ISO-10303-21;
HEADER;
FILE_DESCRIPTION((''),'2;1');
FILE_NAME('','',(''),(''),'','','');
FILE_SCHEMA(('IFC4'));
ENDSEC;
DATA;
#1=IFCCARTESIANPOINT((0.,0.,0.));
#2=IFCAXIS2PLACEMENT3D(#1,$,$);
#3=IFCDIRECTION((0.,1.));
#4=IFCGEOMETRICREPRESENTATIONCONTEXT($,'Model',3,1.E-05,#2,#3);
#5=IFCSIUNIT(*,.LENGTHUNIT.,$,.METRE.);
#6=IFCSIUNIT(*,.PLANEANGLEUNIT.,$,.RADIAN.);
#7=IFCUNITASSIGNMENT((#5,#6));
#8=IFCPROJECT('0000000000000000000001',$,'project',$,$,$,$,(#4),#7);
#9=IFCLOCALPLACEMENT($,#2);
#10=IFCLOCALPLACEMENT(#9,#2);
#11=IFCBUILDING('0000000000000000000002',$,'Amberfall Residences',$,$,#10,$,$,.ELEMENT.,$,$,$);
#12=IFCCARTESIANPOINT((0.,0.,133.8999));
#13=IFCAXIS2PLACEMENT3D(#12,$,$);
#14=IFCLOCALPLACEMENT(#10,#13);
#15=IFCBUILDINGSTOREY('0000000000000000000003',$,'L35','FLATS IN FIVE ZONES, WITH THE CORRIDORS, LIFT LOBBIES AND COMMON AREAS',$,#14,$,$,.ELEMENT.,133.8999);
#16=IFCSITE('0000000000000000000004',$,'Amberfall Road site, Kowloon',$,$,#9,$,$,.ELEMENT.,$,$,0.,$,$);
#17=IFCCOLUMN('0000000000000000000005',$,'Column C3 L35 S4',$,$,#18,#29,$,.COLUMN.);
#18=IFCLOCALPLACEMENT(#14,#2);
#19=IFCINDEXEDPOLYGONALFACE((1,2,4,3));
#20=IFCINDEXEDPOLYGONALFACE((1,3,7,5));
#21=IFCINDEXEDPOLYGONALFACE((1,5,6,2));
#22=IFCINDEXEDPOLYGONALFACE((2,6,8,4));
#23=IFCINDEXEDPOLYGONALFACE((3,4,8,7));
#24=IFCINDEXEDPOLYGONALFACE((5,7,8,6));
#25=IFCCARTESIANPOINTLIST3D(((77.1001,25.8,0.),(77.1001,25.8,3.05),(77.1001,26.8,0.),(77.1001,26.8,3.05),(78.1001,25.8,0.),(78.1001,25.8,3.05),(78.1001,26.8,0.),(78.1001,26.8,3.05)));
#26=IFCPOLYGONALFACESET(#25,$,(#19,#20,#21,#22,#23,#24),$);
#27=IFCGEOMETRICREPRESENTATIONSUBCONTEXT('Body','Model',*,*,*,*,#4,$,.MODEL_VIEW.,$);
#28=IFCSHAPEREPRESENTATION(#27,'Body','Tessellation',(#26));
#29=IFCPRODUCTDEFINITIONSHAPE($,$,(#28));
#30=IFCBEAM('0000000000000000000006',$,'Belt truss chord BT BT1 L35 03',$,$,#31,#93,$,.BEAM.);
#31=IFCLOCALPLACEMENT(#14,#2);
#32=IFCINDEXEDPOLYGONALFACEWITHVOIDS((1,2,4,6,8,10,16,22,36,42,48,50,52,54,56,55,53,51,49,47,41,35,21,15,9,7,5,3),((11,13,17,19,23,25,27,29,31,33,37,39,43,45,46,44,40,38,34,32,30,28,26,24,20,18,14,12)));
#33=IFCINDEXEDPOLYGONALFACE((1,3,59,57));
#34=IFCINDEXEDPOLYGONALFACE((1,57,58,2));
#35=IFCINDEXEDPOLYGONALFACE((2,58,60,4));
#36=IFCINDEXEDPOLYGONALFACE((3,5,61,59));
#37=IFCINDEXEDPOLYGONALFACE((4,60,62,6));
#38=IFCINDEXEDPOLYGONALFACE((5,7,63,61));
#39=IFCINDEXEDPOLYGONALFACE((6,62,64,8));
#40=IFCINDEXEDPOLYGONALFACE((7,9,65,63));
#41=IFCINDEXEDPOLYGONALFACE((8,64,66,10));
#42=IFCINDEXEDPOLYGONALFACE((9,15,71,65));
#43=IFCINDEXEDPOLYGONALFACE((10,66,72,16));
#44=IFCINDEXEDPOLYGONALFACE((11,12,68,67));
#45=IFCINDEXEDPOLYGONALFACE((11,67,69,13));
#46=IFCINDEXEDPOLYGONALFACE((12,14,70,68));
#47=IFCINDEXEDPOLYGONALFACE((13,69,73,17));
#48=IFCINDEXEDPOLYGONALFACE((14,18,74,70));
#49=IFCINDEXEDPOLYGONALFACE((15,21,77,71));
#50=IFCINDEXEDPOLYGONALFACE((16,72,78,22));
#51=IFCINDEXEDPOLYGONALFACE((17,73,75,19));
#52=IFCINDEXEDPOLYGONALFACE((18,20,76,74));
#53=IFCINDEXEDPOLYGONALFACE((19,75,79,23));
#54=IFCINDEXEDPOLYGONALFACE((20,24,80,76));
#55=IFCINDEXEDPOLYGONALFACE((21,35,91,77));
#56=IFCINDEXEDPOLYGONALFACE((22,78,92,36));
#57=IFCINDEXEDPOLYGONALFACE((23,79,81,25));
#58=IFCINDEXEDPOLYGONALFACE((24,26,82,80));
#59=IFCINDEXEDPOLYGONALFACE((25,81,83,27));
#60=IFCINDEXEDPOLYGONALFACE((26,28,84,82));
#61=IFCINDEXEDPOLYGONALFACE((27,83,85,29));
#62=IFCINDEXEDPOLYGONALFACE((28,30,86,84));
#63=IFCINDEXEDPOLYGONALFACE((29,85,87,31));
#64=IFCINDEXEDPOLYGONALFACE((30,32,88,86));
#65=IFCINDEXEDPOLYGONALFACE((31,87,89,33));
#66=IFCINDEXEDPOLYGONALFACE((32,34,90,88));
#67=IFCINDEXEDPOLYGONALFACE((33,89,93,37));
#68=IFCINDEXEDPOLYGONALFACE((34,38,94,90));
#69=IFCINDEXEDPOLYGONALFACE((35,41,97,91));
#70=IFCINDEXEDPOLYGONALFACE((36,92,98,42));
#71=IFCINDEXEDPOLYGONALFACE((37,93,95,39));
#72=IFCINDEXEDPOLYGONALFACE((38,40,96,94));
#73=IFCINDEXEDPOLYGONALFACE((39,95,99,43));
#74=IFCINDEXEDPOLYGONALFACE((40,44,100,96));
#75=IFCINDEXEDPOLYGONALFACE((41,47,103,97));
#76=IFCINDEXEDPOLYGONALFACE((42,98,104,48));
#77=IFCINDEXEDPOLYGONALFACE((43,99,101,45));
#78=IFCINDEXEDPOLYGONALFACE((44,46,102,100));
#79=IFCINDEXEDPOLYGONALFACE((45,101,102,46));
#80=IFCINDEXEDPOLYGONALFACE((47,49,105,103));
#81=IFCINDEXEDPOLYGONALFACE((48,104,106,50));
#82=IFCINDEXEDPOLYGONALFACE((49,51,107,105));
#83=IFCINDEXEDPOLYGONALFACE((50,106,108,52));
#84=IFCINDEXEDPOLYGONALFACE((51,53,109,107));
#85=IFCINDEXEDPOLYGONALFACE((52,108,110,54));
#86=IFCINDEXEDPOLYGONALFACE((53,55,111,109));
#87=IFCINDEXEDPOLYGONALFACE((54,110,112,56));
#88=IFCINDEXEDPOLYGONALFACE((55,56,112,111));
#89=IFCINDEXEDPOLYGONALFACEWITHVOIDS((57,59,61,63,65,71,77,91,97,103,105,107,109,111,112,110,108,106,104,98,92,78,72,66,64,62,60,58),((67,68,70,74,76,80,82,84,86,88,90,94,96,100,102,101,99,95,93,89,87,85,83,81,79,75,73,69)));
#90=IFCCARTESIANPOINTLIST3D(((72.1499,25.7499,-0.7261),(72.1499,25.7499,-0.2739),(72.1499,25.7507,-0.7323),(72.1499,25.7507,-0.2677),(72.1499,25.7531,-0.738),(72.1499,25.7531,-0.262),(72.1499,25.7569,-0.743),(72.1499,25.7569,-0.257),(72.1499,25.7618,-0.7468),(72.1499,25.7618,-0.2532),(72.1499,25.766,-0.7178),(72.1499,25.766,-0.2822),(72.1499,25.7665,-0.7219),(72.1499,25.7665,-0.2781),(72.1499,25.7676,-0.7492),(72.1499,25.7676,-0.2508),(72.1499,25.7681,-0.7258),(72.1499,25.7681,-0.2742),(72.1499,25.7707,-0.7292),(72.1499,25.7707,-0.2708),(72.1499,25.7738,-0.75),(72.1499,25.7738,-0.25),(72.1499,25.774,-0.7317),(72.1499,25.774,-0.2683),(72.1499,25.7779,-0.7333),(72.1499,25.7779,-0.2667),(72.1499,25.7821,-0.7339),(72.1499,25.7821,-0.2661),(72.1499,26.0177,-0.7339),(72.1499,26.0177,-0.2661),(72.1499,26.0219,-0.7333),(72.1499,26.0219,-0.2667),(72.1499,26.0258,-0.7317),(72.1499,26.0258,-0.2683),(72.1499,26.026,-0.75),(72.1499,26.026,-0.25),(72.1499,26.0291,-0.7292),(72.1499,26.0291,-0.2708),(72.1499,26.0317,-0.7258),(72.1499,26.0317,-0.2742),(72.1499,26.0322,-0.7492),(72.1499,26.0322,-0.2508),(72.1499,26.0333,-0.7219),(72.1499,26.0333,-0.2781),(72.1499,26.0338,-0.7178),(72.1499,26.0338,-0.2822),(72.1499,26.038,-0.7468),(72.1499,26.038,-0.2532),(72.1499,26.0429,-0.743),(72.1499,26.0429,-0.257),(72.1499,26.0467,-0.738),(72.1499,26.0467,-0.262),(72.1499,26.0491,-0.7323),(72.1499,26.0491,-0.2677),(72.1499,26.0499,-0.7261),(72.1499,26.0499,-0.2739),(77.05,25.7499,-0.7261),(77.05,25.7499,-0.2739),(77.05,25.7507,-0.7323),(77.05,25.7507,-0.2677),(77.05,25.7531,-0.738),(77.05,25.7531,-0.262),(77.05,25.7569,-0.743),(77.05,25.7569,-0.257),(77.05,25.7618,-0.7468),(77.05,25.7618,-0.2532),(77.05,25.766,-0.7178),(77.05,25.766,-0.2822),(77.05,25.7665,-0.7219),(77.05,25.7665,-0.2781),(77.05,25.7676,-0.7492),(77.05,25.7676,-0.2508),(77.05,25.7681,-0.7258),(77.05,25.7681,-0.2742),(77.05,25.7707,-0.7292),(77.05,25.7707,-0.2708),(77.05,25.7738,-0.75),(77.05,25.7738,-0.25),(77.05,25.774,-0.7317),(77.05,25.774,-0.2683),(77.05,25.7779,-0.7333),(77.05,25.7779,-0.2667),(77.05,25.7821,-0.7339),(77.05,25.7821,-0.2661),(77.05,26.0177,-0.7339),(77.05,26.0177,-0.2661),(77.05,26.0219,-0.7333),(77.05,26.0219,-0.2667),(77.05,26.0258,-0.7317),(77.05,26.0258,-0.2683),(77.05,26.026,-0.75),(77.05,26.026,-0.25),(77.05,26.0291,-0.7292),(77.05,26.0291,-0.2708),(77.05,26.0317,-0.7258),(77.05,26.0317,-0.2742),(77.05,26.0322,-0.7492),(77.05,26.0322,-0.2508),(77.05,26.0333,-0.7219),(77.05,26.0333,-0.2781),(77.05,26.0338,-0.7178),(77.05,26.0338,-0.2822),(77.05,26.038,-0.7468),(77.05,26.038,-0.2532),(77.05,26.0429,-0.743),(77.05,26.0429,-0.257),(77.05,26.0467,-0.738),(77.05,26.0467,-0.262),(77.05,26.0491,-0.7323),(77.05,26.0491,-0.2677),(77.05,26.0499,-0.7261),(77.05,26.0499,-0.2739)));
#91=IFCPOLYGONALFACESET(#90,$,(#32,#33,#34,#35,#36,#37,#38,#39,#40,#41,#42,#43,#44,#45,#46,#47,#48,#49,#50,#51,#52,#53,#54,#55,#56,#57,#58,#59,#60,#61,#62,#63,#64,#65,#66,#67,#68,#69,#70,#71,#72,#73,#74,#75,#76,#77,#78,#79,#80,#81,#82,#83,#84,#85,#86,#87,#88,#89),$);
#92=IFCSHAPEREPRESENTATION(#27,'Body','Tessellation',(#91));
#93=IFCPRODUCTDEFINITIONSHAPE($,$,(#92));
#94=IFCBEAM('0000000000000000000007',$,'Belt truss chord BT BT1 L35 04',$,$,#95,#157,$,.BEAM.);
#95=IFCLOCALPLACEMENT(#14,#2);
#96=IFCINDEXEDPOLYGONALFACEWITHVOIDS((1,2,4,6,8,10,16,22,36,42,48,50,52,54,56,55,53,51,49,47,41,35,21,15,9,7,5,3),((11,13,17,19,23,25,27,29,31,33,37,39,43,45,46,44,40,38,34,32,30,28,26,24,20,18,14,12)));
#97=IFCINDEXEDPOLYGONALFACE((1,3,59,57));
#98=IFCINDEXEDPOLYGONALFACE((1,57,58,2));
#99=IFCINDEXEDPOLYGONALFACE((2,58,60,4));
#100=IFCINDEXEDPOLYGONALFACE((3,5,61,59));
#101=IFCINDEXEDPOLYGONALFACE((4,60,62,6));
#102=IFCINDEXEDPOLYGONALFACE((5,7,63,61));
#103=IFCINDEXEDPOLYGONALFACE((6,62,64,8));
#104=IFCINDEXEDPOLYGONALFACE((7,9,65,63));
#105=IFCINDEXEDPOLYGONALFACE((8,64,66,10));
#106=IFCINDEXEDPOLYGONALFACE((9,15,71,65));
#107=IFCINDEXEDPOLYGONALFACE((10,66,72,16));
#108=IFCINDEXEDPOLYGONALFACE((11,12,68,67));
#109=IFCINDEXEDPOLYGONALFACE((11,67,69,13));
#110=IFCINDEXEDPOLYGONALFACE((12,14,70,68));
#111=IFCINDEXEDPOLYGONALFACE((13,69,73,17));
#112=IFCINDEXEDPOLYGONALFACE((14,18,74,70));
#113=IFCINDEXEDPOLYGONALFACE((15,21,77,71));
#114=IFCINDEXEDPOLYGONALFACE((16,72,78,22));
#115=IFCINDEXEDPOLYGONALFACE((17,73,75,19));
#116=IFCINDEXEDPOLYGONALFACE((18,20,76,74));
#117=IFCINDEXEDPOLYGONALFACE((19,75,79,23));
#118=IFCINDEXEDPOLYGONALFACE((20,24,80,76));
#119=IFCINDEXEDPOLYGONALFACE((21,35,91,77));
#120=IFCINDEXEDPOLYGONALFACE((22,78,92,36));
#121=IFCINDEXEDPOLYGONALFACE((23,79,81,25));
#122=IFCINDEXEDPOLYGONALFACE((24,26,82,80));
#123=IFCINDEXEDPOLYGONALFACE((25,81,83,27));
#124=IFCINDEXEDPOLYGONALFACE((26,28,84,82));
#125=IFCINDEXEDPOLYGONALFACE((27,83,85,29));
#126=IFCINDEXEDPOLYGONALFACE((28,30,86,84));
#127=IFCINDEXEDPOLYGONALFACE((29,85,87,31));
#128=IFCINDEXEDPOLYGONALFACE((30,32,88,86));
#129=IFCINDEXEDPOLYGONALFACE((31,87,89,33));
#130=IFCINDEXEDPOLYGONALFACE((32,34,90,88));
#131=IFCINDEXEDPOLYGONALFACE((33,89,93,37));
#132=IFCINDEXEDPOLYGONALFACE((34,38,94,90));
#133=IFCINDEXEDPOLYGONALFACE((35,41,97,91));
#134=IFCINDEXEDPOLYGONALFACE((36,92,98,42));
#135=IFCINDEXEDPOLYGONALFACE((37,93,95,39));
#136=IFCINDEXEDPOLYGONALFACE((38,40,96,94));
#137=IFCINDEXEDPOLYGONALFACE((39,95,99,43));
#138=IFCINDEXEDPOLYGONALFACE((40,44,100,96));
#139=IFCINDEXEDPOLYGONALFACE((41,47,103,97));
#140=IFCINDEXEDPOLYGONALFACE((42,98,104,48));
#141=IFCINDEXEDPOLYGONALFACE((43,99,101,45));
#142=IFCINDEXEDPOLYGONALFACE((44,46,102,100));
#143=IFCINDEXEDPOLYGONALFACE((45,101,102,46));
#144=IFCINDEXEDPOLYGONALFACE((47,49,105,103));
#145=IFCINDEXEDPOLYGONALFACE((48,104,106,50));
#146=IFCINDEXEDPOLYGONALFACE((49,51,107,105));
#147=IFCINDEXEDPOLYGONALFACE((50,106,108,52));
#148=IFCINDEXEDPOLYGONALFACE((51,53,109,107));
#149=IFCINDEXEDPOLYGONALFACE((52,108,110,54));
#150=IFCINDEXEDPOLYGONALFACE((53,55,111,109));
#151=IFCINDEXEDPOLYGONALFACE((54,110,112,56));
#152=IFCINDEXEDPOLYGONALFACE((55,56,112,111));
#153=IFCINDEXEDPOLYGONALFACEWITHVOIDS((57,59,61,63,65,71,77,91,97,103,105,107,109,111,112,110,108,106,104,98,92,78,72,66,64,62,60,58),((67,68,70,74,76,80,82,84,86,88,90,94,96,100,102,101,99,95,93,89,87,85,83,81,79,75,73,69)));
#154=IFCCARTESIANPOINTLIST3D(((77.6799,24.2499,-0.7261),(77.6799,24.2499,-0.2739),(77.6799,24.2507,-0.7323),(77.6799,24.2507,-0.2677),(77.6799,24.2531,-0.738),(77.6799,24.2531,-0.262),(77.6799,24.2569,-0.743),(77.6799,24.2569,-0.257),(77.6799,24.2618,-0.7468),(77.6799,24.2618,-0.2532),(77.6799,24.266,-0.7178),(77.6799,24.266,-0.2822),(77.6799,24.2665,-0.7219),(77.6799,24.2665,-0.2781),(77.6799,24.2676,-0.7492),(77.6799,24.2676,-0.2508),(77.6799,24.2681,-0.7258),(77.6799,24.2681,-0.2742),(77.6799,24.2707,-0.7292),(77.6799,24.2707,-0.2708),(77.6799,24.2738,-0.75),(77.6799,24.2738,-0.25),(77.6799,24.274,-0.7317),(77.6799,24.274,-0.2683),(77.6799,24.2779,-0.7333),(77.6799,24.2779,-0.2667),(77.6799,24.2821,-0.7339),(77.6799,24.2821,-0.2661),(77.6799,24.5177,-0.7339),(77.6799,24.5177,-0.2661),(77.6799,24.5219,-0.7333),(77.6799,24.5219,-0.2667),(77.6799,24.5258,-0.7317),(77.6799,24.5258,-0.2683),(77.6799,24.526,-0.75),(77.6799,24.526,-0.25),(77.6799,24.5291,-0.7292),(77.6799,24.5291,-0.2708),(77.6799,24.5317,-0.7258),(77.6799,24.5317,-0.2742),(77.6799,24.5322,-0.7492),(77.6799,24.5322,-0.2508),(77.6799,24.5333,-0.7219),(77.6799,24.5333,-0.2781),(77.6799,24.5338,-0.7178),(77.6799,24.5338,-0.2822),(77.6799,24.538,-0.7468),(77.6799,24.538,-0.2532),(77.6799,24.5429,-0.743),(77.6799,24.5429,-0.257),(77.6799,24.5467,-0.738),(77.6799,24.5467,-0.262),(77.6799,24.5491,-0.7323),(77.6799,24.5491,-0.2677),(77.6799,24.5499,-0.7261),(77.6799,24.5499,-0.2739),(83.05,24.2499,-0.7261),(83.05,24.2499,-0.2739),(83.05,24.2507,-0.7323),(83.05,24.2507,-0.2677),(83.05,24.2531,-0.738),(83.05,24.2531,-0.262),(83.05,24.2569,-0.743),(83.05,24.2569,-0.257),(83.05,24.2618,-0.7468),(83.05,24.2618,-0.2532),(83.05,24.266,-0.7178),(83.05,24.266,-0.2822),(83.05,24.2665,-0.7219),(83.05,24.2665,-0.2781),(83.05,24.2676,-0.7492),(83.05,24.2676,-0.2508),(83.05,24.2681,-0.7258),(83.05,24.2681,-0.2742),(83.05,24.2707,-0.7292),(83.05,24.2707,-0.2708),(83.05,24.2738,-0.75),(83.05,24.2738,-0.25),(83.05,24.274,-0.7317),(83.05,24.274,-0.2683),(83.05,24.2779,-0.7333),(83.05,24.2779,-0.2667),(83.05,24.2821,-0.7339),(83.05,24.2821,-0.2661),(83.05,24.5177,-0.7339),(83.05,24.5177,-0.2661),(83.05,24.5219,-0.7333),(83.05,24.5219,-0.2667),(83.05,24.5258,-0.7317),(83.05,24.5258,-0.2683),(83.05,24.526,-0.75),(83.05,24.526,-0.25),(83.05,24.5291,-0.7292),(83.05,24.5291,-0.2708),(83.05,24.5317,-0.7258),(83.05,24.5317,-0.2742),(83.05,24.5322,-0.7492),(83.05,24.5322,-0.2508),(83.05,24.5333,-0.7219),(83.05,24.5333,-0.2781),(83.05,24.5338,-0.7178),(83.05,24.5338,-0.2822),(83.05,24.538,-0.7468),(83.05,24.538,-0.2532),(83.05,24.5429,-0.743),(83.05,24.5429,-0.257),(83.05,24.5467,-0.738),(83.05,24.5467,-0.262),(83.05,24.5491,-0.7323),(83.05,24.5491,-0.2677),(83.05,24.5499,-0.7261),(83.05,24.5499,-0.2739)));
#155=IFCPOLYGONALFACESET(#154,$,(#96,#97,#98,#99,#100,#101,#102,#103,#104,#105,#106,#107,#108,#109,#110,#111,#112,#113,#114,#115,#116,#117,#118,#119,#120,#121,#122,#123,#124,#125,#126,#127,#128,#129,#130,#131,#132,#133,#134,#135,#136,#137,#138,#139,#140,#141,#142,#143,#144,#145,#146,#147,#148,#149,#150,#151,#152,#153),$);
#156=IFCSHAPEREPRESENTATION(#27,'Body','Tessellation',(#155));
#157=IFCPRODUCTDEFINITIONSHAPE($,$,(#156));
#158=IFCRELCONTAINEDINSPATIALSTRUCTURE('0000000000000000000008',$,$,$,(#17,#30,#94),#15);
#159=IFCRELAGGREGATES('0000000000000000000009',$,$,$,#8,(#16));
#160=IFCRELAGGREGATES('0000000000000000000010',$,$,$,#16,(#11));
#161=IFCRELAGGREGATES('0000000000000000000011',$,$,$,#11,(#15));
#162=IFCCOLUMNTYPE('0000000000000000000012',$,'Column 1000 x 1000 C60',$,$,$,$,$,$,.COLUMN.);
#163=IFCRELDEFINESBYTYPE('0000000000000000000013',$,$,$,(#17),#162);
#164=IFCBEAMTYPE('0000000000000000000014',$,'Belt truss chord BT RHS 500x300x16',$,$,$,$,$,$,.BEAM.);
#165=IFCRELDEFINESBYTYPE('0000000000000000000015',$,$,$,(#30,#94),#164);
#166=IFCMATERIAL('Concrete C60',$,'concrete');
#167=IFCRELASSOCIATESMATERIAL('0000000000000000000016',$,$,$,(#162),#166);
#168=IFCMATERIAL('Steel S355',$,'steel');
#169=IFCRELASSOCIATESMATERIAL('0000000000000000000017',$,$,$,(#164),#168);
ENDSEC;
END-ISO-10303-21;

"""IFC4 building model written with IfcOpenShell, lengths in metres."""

from ifc_helpers import new_model, si_unit, direction, frame, origin, origin_2d, place, context, subcontext, project, spatial, rectangle, hollow_rectangle, extrude, material, material_profile, profile_set, type_object, element, save


model = new_model("IFC4")

# Units and contexts
model_context = context("Model", 3, precision=1e-05, world=origin(), true_north=direction((0.0, 1.0)))
body_context = subcontext(model_context, "Body", "Model", "MODEL_VIEW")
ifc_project = project(units=[si_unit("LENGTHUNIT", "METRE"), si_unit("PLANEANGLEUNIT", "RADIAN")], contexts=[model_context])

# Site, building, storey
site_placement = place(None, origin())
site = spatial("IfcSite", under=ifc_project, at=site_placement, Name="Amberfall Road site, Kowloon", CompositionType="ELEMENT", RefElevation=0.0)
building_placement = place(site_placement, origin())
building = spatial("IfcBuilding", under=site, at=building_placement, Name="Amberfall Residences", CompositionType="ELEMENT")
storey_placement = place(building_placement, frame((0.0, 0.0, 133.8999)))
storey = spatial("IfcBuildingStorey", under=building, at=storey_placement, Name="L35", Description="FLATS IN FIVE ZONES, WITH THE CORRIDORS, LIFT LOBBIES AND COMMON AREAS", CompositionType="ELEMENT", Elevation=133.8999)

# Column
ifc_material_1 = material(Name="Concrete C60", Category="concrete")
ifc_material_profile_1 = material_profile(ifc_material_1, rectangle(XDim=1.0, YDim=1.0, at=origin_2d()), Name="Column 1000 x 1000 C60")
ifc_profile_set_1 = profile_set([ifc_material_profile_1], Name="Concrete C60")
column_type = type_object("IfcColumnType", Name="Column 1000 x 1000 C60", PredefinedType="COLUMN", material=ifc_profile_set_1)
column_placement = place(storey_placement, frame((77.6001, 26.3, 0.0), z_axis=(0.0, 0.0, 1.0), x_axis=(1.0, 0.0, 0.0)))
element("IfcColumn", 1, at=column_placement, inside=storey, type_object=column_type, Name="Column C3 L35 S4", PredefinedType="COLUMN", context=body_context, shape_type="SweptSolid", body=[
    extrude(rectangle(XDim=1.0, YDim=1.0, at=origin_2d()), origin(), (0.0, 0.0, 1.0), 3.05),
])

# Beams
ifc_material_2 = material(Name="Steel S355", Category="steel")
ifc_material_profile_2 = material_profile(ifc_material_2, hollow_rectangle(XDim=0.3, YDim=0.5, WallThickness=0.0161, InnerFilletRadius=0.0161, OuterFilletRadius=0.0239, at=origin_2d()), Name="RHS 500x300x16")
ifc_profile_set_2 = profile_set([ifc_material_profile_2], Name="Steel S355")
beam_type_1 = type_object("IfcBeamType", Name="Belt truss chord BT RHS 500x300x16", PredefinedType="BEAM", material=ifc_profile_set_2)
beam_1_placement = place(storey_placement, frame((72.1499, 25.8999, -0.5), z_axis=(1.0, 0.0, 0.0), x_axis=(0.0, 1.0, 0.0)))
element("IfcBeam", 2, at=beam_1_placement, inside=storey, type_object=beam_type_1, Name="Belt truss chord BT BT1 L35 03", PredefinedType="BEAM", context=body_context, shape_type="SweptSolid", body=[
    extrude(hollow_rectangle(XDim=0.3, YDim=0.5, WallThickness=0.0161, InnerFilletRadius=0.0161, OuterFilletRadius=0.0239, at=origin_2d()), origin(), (0.0, 0.0, 1.0), 4.9001),
])
beam_2_placement = place(storey_placement, frame((77.6799, 24.3999, -0.5), z_axis=(1.0, 0.0, 0.0), x_axis=(0.0, 1.0, 0.0)))
element("IfcBeam", 3, at=beam_2_placement, inside=storey, type_object=beam_type_1, Name="Belt truss chord BT BT1 L35 04", PredefinedType="BEAM", context=body_context, shape_type="SweptSolid", body=[
    extrude(hollow_rectangle(XDim=0.3, YDim=0.5, WallThickness=0.0161, InnerFilletRadius=0.0161, OuterFilletRadius=0.0239, at=origin_2d()), origin(), (0.0, 0.0, 1.0), 5.3701),
])

save(model, "model.ifc")
